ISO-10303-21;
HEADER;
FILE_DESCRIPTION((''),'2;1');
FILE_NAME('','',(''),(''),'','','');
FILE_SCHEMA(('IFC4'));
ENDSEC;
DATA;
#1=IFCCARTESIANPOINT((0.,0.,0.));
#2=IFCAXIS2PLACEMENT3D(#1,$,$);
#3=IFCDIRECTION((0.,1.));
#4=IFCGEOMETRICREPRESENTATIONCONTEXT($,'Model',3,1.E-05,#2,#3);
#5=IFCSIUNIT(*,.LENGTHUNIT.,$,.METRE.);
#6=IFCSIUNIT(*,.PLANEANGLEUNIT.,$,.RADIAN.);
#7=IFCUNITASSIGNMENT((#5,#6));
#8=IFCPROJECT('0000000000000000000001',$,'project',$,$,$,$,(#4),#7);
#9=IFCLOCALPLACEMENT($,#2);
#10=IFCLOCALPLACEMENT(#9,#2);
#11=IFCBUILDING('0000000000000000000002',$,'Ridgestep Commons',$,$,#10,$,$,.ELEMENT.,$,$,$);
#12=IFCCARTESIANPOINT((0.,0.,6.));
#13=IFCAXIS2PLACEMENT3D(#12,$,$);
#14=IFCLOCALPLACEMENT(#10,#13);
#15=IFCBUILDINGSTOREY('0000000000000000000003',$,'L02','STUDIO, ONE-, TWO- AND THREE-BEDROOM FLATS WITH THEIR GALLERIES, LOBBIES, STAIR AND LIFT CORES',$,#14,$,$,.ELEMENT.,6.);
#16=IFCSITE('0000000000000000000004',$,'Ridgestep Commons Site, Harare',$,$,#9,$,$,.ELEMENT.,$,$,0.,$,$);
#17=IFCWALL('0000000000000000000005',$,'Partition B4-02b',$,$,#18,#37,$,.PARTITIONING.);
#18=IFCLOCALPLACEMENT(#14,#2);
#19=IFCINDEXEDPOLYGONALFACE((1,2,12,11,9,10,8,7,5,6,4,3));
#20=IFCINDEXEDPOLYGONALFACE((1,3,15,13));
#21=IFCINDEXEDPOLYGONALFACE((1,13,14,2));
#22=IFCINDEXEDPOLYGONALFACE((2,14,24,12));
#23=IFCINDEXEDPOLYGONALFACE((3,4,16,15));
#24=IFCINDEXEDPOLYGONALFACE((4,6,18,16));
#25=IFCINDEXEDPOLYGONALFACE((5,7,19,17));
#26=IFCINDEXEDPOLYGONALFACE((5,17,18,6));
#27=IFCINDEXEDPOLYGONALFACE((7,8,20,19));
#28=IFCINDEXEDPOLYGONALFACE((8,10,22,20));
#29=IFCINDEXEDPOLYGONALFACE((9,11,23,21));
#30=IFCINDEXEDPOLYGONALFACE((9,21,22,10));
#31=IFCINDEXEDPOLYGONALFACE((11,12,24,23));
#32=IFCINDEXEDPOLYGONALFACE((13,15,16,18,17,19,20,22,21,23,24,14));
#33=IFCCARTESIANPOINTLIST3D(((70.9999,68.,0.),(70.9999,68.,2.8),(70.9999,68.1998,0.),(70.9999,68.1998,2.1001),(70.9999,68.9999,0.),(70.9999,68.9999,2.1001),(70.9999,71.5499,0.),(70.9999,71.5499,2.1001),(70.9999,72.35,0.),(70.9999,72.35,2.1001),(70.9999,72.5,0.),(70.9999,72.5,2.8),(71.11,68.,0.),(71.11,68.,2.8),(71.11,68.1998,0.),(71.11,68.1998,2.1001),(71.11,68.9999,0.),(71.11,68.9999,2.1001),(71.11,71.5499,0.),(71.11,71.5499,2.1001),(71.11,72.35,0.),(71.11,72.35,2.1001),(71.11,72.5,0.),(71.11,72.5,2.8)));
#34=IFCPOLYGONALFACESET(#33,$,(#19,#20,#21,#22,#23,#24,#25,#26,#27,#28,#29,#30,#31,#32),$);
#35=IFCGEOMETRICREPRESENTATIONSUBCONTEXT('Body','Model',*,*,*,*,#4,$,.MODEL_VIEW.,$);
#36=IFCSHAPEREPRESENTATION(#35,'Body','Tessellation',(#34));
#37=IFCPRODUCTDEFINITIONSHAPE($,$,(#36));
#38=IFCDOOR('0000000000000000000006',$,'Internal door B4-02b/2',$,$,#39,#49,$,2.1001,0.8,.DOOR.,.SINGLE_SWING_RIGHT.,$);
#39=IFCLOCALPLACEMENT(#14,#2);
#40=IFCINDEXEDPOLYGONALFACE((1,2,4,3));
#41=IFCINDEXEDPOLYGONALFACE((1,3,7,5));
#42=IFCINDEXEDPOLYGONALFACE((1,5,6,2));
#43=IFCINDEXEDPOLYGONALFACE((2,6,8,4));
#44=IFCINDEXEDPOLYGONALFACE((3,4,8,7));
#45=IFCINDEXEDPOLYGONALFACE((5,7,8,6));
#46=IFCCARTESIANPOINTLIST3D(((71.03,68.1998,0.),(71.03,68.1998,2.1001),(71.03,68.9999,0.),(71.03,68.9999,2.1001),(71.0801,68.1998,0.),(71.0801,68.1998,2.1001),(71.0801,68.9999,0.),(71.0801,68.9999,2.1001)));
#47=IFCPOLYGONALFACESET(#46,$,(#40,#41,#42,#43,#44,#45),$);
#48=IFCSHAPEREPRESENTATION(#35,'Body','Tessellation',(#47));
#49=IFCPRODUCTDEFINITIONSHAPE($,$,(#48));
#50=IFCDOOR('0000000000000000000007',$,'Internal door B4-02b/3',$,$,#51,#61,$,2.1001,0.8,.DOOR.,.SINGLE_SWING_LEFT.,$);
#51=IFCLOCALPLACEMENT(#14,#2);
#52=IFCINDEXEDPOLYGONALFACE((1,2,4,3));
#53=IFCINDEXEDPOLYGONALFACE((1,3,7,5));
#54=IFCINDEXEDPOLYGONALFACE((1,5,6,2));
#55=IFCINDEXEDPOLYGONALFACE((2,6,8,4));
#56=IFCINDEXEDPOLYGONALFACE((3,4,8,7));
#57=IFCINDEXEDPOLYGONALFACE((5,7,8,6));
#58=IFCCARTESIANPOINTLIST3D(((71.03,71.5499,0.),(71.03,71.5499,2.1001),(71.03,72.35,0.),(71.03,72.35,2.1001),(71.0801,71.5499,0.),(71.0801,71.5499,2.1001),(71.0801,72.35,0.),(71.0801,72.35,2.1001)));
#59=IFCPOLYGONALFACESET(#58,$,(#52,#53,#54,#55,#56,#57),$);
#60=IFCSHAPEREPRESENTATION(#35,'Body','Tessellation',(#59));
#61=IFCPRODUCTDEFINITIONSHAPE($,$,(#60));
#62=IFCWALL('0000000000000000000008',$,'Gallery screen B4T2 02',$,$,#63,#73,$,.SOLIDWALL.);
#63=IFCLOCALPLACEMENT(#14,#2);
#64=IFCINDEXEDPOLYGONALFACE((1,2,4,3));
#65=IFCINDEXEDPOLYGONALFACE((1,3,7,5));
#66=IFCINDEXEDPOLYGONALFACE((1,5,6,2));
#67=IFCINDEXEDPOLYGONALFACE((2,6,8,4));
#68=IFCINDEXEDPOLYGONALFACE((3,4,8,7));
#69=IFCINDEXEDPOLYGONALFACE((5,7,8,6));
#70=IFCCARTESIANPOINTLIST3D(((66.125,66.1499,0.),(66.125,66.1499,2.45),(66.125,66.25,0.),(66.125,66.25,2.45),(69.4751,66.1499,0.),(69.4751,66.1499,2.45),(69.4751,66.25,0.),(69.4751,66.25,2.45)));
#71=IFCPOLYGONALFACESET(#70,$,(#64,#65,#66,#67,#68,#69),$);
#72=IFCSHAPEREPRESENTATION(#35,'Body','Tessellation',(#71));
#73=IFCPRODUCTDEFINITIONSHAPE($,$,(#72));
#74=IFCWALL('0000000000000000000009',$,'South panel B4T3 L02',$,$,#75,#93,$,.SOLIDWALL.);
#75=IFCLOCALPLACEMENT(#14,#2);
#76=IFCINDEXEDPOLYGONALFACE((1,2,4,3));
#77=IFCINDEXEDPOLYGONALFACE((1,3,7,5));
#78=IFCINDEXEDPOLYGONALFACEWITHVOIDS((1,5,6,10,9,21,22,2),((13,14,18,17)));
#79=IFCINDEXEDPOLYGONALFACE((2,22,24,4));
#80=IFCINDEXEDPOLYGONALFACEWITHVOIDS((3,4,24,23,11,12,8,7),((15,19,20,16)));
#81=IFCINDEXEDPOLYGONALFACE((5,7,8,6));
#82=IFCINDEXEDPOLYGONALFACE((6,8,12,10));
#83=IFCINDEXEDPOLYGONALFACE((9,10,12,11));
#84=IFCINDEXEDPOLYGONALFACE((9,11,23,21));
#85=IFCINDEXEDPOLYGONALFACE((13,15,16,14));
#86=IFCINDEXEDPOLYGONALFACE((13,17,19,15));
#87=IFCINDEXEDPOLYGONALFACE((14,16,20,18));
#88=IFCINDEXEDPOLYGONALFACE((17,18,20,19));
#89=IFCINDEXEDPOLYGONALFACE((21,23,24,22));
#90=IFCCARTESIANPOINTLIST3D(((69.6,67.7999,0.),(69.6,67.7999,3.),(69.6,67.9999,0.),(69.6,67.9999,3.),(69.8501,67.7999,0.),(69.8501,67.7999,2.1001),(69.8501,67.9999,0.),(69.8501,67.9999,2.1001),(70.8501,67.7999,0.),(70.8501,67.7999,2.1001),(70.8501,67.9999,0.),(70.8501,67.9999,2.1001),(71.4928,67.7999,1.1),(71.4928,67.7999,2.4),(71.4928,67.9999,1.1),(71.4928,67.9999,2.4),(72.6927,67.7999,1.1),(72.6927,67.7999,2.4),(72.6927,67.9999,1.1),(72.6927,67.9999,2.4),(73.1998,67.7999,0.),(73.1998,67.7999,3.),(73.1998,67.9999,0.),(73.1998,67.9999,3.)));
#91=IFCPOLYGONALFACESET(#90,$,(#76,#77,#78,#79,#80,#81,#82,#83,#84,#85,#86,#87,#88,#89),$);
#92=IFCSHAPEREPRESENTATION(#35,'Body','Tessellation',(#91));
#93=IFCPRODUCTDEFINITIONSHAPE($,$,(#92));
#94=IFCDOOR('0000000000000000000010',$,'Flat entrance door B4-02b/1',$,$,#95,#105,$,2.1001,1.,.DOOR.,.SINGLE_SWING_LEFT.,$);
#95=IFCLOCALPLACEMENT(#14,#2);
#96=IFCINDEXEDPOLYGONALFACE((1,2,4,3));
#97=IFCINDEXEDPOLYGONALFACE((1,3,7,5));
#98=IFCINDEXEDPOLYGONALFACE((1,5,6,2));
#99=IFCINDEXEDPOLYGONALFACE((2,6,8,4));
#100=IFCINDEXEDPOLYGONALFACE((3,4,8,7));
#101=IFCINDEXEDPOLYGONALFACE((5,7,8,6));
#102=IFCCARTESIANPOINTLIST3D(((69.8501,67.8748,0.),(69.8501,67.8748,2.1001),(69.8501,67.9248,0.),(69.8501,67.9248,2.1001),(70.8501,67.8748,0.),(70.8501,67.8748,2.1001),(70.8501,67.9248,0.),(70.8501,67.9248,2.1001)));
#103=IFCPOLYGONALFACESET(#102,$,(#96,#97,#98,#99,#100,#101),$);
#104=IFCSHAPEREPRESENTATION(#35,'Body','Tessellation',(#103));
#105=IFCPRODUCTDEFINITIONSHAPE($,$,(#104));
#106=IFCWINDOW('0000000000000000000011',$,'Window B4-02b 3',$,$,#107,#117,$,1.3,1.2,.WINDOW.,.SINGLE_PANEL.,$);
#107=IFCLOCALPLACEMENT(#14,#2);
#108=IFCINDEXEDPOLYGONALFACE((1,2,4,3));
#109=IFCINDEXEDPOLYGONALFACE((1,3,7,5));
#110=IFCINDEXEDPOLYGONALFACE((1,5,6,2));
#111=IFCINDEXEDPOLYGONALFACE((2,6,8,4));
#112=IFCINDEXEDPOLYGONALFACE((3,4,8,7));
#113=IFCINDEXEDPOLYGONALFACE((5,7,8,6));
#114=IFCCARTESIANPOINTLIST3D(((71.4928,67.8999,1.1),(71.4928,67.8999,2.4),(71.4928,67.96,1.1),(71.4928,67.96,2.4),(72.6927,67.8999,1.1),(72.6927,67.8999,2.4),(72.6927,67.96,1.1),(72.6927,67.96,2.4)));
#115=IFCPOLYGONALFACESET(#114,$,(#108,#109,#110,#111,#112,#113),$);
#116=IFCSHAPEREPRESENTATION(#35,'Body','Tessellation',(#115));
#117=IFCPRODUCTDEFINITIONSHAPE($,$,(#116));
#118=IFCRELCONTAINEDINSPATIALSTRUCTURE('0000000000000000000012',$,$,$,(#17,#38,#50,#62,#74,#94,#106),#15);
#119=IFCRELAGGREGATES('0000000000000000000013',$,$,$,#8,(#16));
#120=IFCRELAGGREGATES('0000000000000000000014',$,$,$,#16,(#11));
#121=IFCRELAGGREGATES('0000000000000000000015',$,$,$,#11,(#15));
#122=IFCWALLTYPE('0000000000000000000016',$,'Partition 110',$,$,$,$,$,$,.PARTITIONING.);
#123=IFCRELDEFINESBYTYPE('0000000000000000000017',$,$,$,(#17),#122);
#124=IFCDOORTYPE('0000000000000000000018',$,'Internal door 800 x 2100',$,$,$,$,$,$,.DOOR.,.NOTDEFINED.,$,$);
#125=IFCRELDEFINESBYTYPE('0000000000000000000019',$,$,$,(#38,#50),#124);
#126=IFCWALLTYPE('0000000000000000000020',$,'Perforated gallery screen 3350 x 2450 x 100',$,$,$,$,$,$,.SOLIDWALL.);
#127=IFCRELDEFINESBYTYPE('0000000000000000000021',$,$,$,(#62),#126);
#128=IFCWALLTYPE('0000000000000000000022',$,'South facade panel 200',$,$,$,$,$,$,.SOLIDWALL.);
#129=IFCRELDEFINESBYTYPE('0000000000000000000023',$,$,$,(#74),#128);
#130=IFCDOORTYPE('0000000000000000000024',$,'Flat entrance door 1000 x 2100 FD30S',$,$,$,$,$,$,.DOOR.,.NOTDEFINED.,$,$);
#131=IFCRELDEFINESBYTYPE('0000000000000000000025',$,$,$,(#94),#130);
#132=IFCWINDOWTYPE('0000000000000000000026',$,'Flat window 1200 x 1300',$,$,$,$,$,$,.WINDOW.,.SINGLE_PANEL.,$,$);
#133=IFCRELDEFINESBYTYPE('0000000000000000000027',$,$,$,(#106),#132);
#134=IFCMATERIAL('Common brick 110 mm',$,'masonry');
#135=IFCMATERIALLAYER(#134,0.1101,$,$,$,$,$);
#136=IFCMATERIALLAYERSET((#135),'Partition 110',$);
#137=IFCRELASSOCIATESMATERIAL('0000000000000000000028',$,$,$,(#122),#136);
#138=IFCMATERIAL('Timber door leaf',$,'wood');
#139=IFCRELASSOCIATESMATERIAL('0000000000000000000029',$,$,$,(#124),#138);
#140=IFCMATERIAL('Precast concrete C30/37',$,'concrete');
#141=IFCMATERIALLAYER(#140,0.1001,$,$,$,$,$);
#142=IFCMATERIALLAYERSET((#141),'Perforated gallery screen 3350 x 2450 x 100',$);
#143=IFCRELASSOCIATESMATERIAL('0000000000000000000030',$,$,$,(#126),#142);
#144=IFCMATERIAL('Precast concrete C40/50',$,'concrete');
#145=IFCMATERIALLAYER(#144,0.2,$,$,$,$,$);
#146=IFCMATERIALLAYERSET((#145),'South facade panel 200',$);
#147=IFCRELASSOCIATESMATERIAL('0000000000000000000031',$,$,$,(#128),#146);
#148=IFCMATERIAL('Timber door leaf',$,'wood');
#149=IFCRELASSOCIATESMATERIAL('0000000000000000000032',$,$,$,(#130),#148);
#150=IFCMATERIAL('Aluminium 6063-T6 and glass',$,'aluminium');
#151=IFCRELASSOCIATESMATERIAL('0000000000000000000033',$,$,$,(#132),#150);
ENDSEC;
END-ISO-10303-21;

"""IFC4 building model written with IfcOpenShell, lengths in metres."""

from ifc_helpers import new_model, si_unit, direction, frame, frame_2d, origin, place, context, subcontext, project, spatial, rectangle, extrude, material, layer, layer_set, type_object, element, fill, save


model = new_model("IFC4")

# Units and contexts
model_context = context("Model", 3, precision=1e-05, world=origin(), true_north=direction((0.0, 1.0)))
body_context = subcontext(model_context, "Body", "Model", "MODEL_VIEW")
ifc_project = project(units=[si_unit("LENGTHUNIT", "METRE"), si_unit("PLANEANGLEUNIT", "RADIAN")], contexts=[model_context])

# Site, building, storey
site_placement = place(None, origin())
site = spatial("IfcSite", under=ifc_project, at=site_placement, Name="Ridgestep Commons Site, Harare", CompositionType="ELEMENT", RefElevation=0.0)
building_placement = place(site_placement, origin())
building = spatial("IfcBuilding", under=site, at=building_placement, Name="Ridgestep Commons", CompositionType="ELEMENT")
storey_placement = place(building_placement, frame((0.0, 0.0, 6.0)))
storey = spatial("IfcBuildingStorey", under=building, at=storey_placement, Name="L02", Description="STUDIO, ONE-, TWO- AND THREE-BEDROOM FLATS WITH THEIR GALLERIES, LOBBIES, STAIR AND LIFT CORES", CompositionType="ELEMENT", Elevation=6.0)

# Wall, openings, doors
ifc_material_1 = material(Name="Common brick 110 mm", Category="masonry")
ifc_layer_1 = layer(ifc_material_1, 0.1101)
ifc_layer_set_1 = layer_set([ifc_layer_1], Name="Partition 110")
wall_type_1 = type_object("IfcWallType", Name="Partition 110", PredefinedType="PARTITIONING", material=ifc_layer_set_1)
wall_1_placement = place(storey_placement, frame((71.0549, 68.0, 0.0), z_axis=(0.0, 0.0, 1.0), x_axis=(0.0, 1.0, 0.0)))
wall_1 = element("IfcWall", 1, at=wall_1_placement, inside=storey, type_object=wall_type_1, Name="Partition B4-02b", PredefinedType="PARTITIONING", context=body_context, shape_type="SweptSolid", body=[
    extrude(rectangle(XDim=4.5, YDim=0.1101, at=frame_2d((2.25, 0.0))), origin(), (0.0, 0.0, 1.0), 2.8),
])
opening_1_placement = place(wall_1_placement, frame((0.2, 0.0, 0.0)))
opening_1 = element("IfcOpeningElement", 2, at=opening_1_placement, cuts=wall_1, PredefinedType="OPENING", context=body_context, shape_type="SweptSolid", body=[
    extrude(rectangle(XDim=0.8, YDim=2.1001, at=frame_2d((0.3999, 1.05))), frame((0.0, 0.0649, 0.0), z_axis=(0.0, -1.0, 0.0), x_axis=(1.0, 0.0, 0.0)), (0.0, 0.0, 1.0), 0.1301),
])
opening_2_placement = place(wall_1_placement, frame((3.55, 0.0, 0.0)))
opening_2 = element("IfcOpeningElement", 3, at=opening_2_placement, cuts=wall_1, PredefinedType="OPENING", context=body_context, shape_type="SweptSolid", body=[
    extrude(rectangle(XDim=0.8, YDim=2.1001, at=frame_2d((0.3999, 1.05))), frame((0.0, 0.0649, 0.0), z_axis=(0.0, -1.0, 0.0), x_axis=(1.0, 0.0, 0.0)), (0.0, 0.0, 1.0), 0.1301),
])
ifc_material_2 = material(Name="Timber door leaf", Category="wood")
door_type_1 = type_object("IfcDoorType", Name="Internal door 800 x 2100", OperationType="NOTDEFINED", PredefinedType="DOOR", material=ifc_material_2)
door_1_placement = place(opening_1_placement, origin())
door_1 = element("IfcDoor", 4, at=door_1_placement, inside=storey, type_object=door_type_1, Name="Internal door B4-02b/2", OperationType="SINGLE_SWING_RIGHT", OverallHeight=2.1001, OverallWidth=0.8, PredefinedType="DOOR", context=body_context, shape_type="SweptSolid", body=[
    extrude(rectangle(XDim=0.8, YDim=2.1001, at=frame_2d((0.3999, 1.05))), frame((0.0, 0.0249, 0.0), z_axis=(0.0, -1.0, 0.0), x_axis=(1.0, 0.0, 0.0)), (0.0, 0.0, 1.0), 0.05),
])
fill(opening_1, door_1)
door_2_placement = place(opening_2_placement, origin())
door_2 = element("IfcDoor", 5, at=door_2_placement, inside=storey, type_object=door_type_1, Name="Internal door B4-02b/3", OperationType="SINGLE_SWING_LEFT", OverallHeight=2.1001, OverallWidth=0.8, PredefinedType="DOOR", context=body_context, shape_type="SweptSolid", body=[
    extrude(rectangle(XDim=0.8, YDim=2.1001, at=frame_2d((0.3999, 1.05))), frame((0.0, 0.0249, 0.0), z_axis=(0.0, -1.0, 0.0), x_axis=(1.0, 0.0, 0.0)), (0.0, 0.0, 1.0), 0.05),
])
fill(opening_2, door_2)

# Wall
ifc_material_3 = material(Name="Precast concrete C30/37", Category="concrete")
ifc_layer_2 = layer(ifc_material_3, 0.1001)
ifc_layer_set_2 = layer_set([ifc_layer_2], Name="Perforated gallery screen 3350 x 2450 x 100")
wall_type_2 = type_object("IfcWallType", Name="Perforated gallery screen 3350 x 2450 x 100", PredefinedType="SOLIDWALL", material=ifc_layer_set_2)
wall_2_placement = place(storey_placement, frame((66.125, 66.2, 0.0), z_axis=(0.0, 0.0, 1.0), x_axis=(1.0, 0.0, 0.0)))
element("IfcWall", 6, at=wall_2_placement, inside=storey, type_object=wall_type_2, Name="Gallery screen B4T2 02", PredefinedType="SOLIDWALL", context=body_context, shape_type="SweptSolid", body=[
    extrude(rectangle(XDim=3.3501, YDim=0.1001, at=frame_2d((1.675, 0.0))), origin(), (0.0, 0.0, 1.0), 2.45),
])

# Wall, openings, door, window
ifc_material_4 = material(Name="Precast concrete C40/50", Category="concrete")
ifc_layer_3 = layer(ifc_material_4, 0.2)
ifc_layer_set_3 = layer_set([ifc_layer_3], Name="South facade panel 200")
wall_type_3 = type_object("IfcWallType", Name="South facade panel 200", PredefinedType="SOLIDWALL", material=ifc_layer_set_3)
wall_3_placement = place(storey_placement, frame((69.6001, 67.8999, 0.0), z_axis=(0.0, 0.0, 1.0), x_axis=(1.0, 0.0, 0.0)))
wall_3 = element("IfcWall", 7, at=wall_3_placement, inside=storey, type_object=wall_type_3, Name="South panel B4T3 L02", PredefinedType="SOLIDWALL", context=body_context, shape_type="SweptSolid", body=[
    extrude(rectangle(XDim=3.5999, YDim=0.2, at=frame_2d((1.7998, 0.0))), origin(), (0.0, 0.0, 1.0), 3.0),
])
opening_3_placement = place(wall_3_placement, frame((1.8926, 0.0, 1.1001)))
opening_3 = element("IfcOpeningElement", 8, at=opening_3_placement, cuts=wall_3, PredefinedType="OPENING", context=body_context, shape_type="SweptSolid", body=[
    extrude(rectangle(XDim=1.2, YDim=1.3, at=frame_2d((0.6001, 0.6499))), frame((0.0, 0.1099, 0.0), z_axis=(0.0, -1.0, 0.0), x_axis=(1.0, 0.0, 0.0)), (0.0, 0.0, 1.0), 0.22),
])
opening_4_placement = place(wall_3_placement, frame((0.25, 0.0, 0.0)))
opening_4 = element("IfcOpeningElement", 9, at=opening_4_placement, cuts=wall_3, PredefinedType="OPENING", context=body_context, shape_type="SweptSolid", body=[
    extrude(rectangle(XDim=1.0, YDim=2.1001, at=frame_2d((0.5, 1.05))), frame((0.0, 0.1099, 0.0), z_axis=(0.0, -1.0, 0.0), x_axis=(1.0, 0.0, 0.0)), (0.0, 0.0, 1.0), 0.22),
])
ifc_material_5 = material(Name="Timber door leaf", Category="wood")
door_type_2 = type_object("IfcDoorType", Name="Flat entrance door 1000 x 2100 FD30S", OperationType="NOTDEFINED", PredefinedType="DOOR", material=ifc_material_5)
door_3_placement = place(opening_4_placement, origin())
door_3 = element("IfcDoor", 10, at=door_3_placement, inside=storey, type_object=door_type_2, Name="Flat entrance door B4-02b/1", OperationType="SINGLE_SWING_LEFT", OverallHeight=2.1001, OverallWidth=1.0, PredefinedType="DOOR", context=body_context, shape_type="SweptSolid", body=[
    extrude(rectangle(XDim=1.0, YDim=2.1001, at=frame_2d((0.5, 1.05))), frame((0.0, 0.0249, 0.0), z_axis=(0.0, -1.0, 0.0), x_axis=(1.0, 0.0, 0.0)), (0.0, 0.0, 1.0), 0.05),
])
fill(opening_4, door_3)
ifc_material_6 = material(Name="Aluminium 6063-T6 and glass", Category="aluminium")
window_type = type_object("IfcWindowType", Name="Flat window 1200 x 1300", PartitioningType="SINGLE_PANEL", PredefinedType="WINDOW", material=ifc_material_6)
window_placement = place(opening_3_placement, origin())
window = element("IfcWindow", 11, at=window_placement, inside=storey, type_object=window_type, Name="Window B4-02b 3", OverallHeight=1.3, OverallWidth=1.2, PartitioningType="SINGLE_PANEL", PredefinedType="WINDOW", context=body_context, shape_type="SweptSolid", body=[
    extrude(rectangle(XDim=1.2, YDim=1.3, at=frame_2d((0.6001, 0.6499))), frame((0.0, 0.0601, 0.0), z_axis=(0.0, -1.0, 0.0), x_axis=(1.0, 0.0, 0.0)), (0.0, 0.0, 1.0), 0.0601),
])
fill(opening_3, window)

save(model, "model.ifc")
